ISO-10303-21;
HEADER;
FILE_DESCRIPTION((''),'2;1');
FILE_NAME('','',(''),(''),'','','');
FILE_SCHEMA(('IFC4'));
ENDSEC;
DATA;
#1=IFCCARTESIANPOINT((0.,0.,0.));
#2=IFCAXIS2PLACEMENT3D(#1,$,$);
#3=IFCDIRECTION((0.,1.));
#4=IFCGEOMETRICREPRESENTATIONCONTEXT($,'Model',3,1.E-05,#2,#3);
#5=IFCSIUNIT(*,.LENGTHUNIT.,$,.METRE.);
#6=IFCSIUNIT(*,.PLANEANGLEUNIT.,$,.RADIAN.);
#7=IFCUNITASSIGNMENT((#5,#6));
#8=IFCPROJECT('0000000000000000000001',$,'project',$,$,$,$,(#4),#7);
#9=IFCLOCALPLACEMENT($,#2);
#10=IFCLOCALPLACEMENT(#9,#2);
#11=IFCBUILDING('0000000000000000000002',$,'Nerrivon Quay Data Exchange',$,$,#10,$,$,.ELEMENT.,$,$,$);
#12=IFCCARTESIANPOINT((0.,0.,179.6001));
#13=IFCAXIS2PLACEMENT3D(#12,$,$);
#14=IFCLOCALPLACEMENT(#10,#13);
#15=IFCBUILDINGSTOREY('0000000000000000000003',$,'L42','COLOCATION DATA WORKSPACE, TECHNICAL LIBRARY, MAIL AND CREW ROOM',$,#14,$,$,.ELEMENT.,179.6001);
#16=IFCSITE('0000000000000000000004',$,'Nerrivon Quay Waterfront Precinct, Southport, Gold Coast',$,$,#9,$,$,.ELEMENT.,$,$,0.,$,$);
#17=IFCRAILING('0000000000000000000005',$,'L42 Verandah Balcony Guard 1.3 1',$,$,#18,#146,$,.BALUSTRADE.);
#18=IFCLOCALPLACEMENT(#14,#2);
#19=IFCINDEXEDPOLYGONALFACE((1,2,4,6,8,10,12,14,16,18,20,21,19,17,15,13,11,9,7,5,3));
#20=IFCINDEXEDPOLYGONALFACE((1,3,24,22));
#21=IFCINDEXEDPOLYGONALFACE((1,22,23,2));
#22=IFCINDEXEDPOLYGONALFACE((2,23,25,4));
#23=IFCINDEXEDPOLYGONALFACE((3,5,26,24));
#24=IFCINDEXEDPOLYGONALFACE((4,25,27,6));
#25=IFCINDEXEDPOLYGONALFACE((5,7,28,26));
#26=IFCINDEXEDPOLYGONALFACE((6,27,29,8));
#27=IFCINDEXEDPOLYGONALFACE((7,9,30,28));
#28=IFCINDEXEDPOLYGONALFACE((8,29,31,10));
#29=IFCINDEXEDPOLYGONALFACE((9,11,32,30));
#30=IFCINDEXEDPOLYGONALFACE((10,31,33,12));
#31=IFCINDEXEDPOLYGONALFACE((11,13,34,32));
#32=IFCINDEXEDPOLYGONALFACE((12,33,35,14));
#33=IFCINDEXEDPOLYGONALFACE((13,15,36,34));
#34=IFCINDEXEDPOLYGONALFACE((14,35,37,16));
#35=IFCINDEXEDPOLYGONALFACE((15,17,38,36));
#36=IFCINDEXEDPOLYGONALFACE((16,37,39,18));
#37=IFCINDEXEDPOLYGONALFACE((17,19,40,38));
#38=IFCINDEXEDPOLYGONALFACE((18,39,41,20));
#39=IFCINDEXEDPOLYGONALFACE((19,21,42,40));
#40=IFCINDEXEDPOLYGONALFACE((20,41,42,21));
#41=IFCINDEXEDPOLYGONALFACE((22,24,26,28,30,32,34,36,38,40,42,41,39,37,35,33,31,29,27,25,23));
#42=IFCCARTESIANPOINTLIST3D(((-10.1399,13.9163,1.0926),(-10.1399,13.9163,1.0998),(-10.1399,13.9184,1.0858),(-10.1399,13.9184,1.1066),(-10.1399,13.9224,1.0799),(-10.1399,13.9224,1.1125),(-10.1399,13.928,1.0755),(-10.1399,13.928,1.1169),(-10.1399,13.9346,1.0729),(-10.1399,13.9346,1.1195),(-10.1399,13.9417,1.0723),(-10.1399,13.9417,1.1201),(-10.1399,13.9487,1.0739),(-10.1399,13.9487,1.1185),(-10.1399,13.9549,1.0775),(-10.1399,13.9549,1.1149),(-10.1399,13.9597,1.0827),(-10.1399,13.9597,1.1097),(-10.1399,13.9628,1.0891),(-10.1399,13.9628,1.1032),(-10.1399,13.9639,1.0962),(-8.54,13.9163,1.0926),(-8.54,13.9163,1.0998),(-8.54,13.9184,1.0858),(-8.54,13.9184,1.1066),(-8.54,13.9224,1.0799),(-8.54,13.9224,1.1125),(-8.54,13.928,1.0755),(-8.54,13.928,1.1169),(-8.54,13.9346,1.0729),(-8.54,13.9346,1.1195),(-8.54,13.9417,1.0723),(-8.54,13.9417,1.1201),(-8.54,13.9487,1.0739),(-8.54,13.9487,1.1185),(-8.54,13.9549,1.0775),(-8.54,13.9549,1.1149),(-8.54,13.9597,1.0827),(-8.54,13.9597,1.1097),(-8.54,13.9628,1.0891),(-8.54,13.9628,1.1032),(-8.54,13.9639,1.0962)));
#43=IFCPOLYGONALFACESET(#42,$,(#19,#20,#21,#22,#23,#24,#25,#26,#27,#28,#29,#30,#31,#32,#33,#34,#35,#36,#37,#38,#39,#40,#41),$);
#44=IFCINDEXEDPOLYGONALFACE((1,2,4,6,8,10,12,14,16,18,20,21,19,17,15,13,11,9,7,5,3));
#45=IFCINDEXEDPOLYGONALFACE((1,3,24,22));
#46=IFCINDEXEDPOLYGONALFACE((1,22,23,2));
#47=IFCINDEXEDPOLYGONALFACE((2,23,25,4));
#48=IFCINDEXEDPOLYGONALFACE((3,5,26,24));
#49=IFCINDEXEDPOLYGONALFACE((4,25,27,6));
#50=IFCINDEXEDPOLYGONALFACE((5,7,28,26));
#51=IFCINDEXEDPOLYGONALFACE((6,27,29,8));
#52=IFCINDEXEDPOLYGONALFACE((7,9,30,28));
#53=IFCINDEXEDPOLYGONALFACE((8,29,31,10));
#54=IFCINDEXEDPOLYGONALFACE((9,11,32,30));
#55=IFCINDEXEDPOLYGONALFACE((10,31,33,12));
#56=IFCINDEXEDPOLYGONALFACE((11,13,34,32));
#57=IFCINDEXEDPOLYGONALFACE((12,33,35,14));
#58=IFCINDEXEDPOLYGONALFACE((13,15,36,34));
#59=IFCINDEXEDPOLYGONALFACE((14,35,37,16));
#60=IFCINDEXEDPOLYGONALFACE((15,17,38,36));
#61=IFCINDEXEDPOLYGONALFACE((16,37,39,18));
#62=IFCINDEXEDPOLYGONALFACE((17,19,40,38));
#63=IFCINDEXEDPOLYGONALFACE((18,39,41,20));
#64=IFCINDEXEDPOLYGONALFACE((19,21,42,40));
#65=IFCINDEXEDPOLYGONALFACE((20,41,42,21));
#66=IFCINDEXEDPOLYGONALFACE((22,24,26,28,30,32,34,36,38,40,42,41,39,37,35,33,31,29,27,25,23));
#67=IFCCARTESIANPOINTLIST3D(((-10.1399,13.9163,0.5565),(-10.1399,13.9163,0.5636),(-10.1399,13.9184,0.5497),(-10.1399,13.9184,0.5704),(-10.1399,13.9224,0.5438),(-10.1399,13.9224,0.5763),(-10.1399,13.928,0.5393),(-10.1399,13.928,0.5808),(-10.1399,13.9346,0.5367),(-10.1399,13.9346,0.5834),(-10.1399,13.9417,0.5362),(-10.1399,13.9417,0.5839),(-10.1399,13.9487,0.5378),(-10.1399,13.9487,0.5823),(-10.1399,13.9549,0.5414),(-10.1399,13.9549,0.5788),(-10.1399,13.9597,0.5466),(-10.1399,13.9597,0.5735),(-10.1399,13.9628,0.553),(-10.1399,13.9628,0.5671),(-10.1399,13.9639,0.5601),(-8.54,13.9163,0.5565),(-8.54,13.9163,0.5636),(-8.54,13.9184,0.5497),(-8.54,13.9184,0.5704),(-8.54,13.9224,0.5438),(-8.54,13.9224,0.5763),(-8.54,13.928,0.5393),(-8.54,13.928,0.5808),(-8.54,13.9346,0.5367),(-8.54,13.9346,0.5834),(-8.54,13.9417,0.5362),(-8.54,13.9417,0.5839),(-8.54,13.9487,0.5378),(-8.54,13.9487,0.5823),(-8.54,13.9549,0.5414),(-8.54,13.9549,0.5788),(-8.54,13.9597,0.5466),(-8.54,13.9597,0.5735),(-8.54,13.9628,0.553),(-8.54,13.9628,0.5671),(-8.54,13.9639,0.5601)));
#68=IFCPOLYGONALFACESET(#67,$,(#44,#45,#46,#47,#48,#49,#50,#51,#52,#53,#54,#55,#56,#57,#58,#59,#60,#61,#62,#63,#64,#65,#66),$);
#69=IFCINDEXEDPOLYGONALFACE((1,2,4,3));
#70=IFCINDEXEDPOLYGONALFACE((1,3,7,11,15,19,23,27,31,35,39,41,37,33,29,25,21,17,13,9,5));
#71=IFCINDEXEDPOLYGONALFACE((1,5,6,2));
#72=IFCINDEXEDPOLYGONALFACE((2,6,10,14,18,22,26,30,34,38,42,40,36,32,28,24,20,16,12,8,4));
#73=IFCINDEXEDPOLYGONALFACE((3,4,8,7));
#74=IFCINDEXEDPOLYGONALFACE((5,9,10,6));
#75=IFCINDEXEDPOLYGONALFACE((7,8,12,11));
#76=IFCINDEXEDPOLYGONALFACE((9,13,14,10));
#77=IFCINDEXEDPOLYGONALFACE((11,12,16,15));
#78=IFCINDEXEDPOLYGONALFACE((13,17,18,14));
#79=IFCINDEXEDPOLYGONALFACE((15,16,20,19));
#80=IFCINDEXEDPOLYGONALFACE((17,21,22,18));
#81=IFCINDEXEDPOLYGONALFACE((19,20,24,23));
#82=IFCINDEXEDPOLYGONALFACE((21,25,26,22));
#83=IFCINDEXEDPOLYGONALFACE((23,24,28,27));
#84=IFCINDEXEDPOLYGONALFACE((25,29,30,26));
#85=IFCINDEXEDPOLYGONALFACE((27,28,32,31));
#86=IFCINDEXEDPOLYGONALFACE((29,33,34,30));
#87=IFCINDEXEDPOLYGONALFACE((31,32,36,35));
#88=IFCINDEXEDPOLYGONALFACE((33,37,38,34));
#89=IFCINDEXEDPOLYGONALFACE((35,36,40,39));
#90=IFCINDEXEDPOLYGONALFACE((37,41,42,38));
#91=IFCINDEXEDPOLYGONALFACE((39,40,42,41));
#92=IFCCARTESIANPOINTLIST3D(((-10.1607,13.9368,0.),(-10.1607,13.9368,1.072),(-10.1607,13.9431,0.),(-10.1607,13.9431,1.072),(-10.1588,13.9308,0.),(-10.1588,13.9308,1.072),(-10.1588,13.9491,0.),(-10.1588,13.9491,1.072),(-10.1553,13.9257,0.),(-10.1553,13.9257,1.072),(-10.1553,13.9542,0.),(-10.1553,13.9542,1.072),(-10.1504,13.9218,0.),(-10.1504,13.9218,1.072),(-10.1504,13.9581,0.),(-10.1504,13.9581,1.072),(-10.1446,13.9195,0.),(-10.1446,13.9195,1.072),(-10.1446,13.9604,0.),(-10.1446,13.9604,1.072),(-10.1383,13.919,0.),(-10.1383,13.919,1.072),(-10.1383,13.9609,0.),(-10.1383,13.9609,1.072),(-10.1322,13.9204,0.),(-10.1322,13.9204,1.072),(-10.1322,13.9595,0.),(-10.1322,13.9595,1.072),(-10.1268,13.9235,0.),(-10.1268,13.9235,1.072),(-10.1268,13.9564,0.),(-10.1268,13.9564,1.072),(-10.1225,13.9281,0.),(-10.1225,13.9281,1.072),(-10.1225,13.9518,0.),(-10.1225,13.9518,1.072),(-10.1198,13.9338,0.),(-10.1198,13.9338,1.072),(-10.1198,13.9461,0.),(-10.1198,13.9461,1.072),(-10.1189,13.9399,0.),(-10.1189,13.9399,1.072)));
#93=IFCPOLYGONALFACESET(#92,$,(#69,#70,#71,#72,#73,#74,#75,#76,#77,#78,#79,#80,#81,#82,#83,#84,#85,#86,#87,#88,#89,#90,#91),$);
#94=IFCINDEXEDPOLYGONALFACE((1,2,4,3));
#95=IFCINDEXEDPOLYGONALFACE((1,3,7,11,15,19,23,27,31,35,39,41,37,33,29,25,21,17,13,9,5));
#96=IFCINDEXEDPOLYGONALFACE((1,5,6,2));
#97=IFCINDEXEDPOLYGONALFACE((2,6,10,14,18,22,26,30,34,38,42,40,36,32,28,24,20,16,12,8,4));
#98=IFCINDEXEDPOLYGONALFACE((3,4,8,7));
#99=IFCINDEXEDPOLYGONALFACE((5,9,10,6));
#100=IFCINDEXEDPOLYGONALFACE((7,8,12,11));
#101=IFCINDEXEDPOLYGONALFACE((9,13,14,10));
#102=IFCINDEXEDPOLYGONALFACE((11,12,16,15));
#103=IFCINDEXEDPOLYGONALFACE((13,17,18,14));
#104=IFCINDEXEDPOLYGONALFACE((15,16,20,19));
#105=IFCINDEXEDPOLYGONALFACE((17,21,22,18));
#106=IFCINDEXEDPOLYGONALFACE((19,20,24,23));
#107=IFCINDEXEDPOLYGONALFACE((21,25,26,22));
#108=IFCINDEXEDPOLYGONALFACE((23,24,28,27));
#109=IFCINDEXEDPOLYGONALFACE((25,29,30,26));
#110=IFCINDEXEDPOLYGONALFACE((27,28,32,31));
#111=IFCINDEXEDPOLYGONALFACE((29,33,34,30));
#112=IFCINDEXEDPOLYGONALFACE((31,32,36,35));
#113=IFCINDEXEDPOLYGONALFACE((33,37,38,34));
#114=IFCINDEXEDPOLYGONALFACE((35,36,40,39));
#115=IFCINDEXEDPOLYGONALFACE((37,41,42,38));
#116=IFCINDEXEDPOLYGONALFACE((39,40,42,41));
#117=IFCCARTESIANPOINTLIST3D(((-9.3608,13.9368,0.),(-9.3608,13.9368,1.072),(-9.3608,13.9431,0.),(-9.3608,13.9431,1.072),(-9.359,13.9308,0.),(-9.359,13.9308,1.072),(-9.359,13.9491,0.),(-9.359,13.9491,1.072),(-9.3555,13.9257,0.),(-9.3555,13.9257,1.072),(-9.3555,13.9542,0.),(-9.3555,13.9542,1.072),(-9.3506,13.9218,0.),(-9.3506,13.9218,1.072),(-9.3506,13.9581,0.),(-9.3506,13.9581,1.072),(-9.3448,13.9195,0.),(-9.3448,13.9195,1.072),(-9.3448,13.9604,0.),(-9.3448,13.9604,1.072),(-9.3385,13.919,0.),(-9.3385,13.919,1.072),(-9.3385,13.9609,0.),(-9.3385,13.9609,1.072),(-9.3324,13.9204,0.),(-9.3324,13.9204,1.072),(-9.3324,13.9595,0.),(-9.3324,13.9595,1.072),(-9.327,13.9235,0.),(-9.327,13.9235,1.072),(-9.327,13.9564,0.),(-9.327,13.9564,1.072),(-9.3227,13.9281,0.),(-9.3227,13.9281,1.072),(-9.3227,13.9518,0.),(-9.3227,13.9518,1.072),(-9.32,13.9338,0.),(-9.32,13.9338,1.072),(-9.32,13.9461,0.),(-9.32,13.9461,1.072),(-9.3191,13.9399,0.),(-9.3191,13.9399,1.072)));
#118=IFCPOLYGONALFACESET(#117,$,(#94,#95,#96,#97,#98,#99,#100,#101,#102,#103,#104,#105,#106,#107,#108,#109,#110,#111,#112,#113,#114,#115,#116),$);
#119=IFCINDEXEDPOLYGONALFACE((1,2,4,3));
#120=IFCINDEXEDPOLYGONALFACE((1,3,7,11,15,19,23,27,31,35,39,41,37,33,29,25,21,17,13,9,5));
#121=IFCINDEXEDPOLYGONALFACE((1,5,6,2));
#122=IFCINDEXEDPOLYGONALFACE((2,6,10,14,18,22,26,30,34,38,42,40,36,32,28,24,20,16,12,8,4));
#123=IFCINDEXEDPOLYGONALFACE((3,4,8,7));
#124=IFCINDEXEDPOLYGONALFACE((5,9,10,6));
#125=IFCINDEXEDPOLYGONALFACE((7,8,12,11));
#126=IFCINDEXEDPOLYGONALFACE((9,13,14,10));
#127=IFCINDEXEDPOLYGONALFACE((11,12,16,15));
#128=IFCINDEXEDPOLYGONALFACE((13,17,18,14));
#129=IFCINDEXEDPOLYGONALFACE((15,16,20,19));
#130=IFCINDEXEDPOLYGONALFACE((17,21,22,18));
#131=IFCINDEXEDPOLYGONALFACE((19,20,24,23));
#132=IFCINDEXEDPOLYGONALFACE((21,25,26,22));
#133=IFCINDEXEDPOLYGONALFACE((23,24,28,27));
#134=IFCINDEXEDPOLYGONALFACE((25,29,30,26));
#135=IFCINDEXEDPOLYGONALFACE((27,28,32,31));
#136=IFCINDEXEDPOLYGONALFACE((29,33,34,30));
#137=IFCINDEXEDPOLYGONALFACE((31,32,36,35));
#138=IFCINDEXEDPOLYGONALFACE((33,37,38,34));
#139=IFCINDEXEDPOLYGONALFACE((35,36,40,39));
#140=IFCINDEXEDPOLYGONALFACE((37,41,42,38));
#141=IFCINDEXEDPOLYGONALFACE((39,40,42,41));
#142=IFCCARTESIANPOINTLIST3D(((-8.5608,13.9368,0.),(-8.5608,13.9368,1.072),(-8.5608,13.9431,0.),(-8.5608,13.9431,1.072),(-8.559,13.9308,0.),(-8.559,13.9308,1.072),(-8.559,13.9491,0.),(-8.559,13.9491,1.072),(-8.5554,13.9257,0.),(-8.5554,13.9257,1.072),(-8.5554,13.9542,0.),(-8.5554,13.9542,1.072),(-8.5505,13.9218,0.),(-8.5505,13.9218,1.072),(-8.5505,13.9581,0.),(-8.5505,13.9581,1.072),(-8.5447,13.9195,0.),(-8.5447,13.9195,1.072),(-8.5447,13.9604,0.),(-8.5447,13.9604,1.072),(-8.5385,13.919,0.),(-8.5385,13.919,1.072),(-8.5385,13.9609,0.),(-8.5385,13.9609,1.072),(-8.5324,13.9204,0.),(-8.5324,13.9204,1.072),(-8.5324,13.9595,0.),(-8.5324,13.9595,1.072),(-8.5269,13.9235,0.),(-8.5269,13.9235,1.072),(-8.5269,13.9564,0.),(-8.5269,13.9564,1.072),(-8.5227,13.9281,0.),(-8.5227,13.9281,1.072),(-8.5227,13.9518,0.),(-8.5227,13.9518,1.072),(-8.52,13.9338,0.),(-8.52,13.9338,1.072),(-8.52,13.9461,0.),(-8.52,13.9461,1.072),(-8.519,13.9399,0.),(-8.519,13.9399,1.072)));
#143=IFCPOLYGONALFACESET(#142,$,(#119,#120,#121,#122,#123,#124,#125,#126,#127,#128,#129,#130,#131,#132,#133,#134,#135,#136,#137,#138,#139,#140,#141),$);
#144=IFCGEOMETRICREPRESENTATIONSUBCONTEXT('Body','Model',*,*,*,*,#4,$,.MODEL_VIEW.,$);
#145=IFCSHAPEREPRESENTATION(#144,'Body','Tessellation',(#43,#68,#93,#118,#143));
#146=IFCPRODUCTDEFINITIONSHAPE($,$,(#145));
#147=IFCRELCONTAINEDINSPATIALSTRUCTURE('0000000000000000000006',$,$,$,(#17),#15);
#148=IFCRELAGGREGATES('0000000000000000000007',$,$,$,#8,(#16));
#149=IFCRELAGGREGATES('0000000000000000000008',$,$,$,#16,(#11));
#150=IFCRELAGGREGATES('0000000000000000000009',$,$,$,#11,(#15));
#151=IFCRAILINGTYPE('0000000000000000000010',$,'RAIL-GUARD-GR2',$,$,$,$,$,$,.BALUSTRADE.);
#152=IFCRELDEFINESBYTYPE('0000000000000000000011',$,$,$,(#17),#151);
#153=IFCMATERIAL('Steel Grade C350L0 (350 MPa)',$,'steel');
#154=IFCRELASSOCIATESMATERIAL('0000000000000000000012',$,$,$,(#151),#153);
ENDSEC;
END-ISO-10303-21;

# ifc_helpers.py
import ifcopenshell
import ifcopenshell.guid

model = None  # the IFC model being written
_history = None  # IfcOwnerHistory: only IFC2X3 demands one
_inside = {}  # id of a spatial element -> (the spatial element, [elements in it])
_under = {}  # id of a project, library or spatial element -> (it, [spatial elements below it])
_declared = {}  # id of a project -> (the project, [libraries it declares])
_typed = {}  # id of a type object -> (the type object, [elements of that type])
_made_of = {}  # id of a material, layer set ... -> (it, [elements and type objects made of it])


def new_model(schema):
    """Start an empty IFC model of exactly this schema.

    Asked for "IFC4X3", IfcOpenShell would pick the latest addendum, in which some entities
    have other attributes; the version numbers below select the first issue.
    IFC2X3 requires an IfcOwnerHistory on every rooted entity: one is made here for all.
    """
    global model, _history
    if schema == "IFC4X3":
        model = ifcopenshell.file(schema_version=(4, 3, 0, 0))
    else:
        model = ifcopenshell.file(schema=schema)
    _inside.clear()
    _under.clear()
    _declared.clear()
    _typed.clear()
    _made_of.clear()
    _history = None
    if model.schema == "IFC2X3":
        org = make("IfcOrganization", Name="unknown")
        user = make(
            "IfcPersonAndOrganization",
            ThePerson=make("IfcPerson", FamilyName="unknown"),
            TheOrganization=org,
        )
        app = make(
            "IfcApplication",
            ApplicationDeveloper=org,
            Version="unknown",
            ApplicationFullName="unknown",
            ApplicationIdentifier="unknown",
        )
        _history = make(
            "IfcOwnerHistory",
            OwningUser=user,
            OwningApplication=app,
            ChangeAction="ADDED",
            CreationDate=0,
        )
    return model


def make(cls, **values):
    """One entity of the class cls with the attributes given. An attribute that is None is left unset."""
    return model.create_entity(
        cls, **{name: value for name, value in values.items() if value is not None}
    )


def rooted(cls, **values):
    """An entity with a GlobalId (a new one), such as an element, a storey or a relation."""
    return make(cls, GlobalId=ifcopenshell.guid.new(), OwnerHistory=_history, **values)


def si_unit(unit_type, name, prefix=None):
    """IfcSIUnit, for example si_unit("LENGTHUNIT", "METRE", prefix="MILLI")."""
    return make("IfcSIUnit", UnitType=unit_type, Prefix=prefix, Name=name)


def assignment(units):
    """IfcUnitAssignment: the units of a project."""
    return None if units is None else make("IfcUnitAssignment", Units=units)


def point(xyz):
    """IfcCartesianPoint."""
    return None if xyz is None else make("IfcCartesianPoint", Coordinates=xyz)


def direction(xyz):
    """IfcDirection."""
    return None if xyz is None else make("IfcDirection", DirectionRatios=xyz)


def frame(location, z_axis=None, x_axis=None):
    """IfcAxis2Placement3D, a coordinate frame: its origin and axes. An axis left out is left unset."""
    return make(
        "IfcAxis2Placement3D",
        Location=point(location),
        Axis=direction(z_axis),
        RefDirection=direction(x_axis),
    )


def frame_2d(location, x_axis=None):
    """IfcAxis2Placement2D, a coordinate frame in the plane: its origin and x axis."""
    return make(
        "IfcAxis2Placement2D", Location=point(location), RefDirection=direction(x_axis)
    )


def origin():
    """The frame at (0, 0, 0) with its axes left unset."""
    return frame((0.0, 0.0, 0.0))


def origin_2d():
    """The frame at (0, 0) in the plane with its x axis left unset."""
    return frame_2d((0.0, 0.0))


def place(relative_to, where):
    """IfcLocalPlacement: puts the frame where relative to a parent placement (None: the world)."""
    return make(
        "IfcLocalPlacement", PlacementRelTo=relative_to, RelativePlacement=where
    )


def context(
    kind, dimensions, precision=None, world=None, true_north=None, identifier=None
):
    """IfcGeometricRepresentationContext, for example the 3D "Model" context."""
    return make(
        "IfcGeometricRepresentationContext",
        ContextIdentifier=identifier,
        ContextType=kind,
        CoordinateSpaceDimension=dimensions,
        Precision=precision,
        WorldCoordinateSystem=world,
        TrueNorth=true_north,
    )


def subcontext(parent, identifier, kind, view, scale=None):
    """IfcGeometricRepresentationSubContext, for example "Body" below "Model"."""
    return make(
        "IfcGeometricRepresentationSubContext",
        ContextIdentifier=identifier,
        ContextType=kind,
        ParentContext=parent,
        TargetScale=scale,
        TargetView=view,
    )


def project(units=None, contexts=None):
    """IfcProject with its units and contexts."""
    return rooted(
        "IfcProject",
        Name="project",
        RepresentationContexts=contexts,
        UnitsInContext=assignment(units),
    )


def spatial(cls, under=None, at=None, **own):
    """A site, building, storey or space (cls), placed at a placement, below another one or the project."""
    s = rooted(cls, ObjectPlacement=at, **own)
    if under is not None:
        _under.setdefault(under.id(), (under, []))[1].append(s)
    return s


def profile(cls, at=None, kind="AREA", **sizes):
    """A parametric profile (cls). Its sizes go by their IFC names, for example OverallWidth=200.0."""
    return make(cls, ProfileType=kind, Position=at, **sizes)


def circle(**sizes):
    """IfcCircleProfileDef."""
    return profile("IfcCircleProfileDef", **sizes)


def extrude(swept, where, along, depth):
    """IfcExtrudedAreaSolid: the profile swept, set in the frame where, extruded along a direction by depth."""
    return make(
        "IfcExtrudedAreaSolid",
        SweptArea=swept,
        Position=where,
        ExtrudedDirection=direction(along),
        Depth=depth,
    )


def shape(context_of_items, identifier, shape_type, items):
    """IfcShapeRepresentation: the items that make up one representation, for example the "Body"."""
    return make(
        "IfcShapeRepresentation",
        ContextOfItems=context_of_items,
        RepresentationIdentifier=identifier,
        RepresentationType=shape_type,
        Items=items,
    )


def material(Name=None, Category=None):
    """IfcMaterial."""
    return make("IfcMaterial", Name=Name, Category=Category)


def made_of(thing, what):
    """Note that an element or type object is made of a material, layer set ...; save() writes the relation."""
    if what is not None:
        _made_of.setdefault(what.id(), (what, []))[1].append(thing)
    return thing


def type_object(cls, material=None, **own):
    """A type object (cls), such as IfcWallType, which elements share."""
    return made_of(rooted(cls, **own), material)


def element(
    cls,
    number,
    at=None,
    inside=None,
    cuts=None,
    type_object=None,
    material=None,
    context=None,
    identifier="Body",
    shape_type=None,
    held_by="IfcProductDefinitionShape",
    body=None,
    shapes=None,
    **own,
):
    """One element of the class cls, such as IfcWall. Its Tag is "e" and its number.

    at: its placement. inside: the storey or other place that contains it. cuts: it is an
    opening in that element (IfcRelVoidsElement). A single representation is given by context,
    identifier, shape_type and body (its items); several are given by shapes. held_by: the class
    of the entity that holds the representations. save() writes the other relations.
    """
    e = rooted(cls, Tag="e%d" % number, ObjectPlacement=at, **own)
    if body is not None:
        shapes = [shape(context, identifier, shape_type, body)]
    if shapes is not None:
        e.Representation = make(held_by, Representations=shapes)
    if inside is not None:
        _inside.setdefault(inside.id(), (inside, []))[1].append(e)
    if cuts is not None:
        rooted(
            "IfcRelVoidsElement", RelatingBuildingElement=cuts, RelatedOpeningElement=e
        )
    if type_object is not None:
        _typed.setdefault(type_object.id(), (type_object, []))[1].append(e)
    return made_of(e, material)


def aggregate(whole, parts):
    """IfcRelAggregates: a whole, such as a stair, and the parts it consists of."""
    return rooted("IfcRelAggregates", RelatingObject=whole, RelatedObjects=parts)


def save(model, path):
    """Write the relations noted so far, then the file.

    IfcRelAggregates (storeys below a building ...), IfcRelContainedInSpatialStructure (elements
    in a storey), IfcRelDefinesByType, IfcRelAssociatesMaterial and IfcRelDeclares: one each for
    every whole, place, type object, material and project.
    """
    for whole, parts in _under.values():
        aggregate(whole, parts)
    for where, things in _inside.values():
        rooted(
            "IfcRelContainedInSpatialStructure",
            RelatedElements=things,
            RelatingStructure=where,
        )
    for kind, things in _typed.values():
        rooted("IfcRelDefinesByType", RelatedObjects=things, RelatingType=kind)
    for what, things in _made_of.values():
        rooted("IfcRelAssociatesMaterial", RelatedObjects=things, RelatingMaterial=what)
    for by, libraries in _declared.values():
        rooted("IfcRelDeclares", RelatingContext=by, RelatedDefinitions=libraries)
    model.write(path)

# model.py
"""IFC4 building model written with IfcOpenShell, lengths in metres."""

from ifc_helpers import new_model, si_unit, direction, frame, origin, origin_2d, place, context, subcontext, project, spatial, circle, extrude, material, type_object, element, save


model = new_model("IFC4")

# Units and contexts
model_context = context("Model", 3, precision=1e-05, world=origin(), true_north=direction((0.0, 1.0)))
body_context = subcontext(model_context, "Body", "Model", "MODEL_VIEW")
ifc_project = project(units=[si_unit("LENGTHUNIT", "METRE"), si_unit("PLANEANGLEUNIT", "RADIAN")], contexts=[model_context])

# Site, building, storey
site_placement = place(None, origin())
site = spatial("IfcSite", under=ifc_project, at=site_placement, Name="Nerrivon Quay Waterfront Precinct, Southport, Gold Coast", CompositionType="ELEMENT", RefElevation=0.0)
building_placement = place(site_placement, origin())
building = spatial("IfcBuilding", under=site, at=building_placement, Name="Nerrivon Quay Data Exchange", CompositionType="ELEMENT")
storey_placement = place(building_placement, frame((0.0, 0.0, 179.6001)))
storey = spatial("IfcBuildingStorey", under=building, at=storey_placement, Name="L42", Description="COLOCATION DATA WORKSPACE, TECHNICAL LIBRARY, MAIL AND CREW ROOM", CompositionType="ELEMENT", Elevation=179.6001)

# Railing
ifc_material_1 = material(Name="Steel Grade C350L0 (350 MPa)", Category="steel")
railing_type = type_object("IfcRailingType", Name="RAIL-GUARD-GR2", PredefinedType="BALUSTRADE", material=ifc_material_1)
railing_1_placement = place(storey_placement, frame((-10.1399, 13.9399, 0.0)))
element("IfcRailing", 1, at=railing_1_placement, inside=storey, type_object=railing_type, Name="L42 Verandah Balcony Guard 1.3 1", PredefinedType="BALUSTRADE", context=body_context, shape_type="SweptSolid", body=[
    extrude(circle(Radius=0.0239, at=origin_2d()), frame((0.0, 0.0, 1.0962), z_axis=(1.0, 0.0, 0.0), x_axis=(0.0, 1.0, 0.0)), (0.0, 0.0, 1.0), 1.5999),
    extrude(circle(Radius=0.0239, at=origin_2d()), frame((0.0, 0.0, 0.5601), z_axis=(1.0, 0.0, 0.0), x_axis=(0.0, 1.0, 0.0)), (0.0, 0.0, 1.0), 1.5999),
    extrude(circle(Radius=0.021, at=origin_2d()), origin(), (0.0, 0.0, 1.0), 1.072),
    extrude(circle(Radius=0.021, at=origin_2d()), frame((0.7998, 0.0, 0.0)), (0.0, 0.0, 1.0), 1.072),
    extrude(circle(Radius=0.021, at=origin_2d()), frame((1.5999, 0.0, 0.0)), (0.0, 0.0, 1.0), 1.072),
])

save(model, "model.ifc")
